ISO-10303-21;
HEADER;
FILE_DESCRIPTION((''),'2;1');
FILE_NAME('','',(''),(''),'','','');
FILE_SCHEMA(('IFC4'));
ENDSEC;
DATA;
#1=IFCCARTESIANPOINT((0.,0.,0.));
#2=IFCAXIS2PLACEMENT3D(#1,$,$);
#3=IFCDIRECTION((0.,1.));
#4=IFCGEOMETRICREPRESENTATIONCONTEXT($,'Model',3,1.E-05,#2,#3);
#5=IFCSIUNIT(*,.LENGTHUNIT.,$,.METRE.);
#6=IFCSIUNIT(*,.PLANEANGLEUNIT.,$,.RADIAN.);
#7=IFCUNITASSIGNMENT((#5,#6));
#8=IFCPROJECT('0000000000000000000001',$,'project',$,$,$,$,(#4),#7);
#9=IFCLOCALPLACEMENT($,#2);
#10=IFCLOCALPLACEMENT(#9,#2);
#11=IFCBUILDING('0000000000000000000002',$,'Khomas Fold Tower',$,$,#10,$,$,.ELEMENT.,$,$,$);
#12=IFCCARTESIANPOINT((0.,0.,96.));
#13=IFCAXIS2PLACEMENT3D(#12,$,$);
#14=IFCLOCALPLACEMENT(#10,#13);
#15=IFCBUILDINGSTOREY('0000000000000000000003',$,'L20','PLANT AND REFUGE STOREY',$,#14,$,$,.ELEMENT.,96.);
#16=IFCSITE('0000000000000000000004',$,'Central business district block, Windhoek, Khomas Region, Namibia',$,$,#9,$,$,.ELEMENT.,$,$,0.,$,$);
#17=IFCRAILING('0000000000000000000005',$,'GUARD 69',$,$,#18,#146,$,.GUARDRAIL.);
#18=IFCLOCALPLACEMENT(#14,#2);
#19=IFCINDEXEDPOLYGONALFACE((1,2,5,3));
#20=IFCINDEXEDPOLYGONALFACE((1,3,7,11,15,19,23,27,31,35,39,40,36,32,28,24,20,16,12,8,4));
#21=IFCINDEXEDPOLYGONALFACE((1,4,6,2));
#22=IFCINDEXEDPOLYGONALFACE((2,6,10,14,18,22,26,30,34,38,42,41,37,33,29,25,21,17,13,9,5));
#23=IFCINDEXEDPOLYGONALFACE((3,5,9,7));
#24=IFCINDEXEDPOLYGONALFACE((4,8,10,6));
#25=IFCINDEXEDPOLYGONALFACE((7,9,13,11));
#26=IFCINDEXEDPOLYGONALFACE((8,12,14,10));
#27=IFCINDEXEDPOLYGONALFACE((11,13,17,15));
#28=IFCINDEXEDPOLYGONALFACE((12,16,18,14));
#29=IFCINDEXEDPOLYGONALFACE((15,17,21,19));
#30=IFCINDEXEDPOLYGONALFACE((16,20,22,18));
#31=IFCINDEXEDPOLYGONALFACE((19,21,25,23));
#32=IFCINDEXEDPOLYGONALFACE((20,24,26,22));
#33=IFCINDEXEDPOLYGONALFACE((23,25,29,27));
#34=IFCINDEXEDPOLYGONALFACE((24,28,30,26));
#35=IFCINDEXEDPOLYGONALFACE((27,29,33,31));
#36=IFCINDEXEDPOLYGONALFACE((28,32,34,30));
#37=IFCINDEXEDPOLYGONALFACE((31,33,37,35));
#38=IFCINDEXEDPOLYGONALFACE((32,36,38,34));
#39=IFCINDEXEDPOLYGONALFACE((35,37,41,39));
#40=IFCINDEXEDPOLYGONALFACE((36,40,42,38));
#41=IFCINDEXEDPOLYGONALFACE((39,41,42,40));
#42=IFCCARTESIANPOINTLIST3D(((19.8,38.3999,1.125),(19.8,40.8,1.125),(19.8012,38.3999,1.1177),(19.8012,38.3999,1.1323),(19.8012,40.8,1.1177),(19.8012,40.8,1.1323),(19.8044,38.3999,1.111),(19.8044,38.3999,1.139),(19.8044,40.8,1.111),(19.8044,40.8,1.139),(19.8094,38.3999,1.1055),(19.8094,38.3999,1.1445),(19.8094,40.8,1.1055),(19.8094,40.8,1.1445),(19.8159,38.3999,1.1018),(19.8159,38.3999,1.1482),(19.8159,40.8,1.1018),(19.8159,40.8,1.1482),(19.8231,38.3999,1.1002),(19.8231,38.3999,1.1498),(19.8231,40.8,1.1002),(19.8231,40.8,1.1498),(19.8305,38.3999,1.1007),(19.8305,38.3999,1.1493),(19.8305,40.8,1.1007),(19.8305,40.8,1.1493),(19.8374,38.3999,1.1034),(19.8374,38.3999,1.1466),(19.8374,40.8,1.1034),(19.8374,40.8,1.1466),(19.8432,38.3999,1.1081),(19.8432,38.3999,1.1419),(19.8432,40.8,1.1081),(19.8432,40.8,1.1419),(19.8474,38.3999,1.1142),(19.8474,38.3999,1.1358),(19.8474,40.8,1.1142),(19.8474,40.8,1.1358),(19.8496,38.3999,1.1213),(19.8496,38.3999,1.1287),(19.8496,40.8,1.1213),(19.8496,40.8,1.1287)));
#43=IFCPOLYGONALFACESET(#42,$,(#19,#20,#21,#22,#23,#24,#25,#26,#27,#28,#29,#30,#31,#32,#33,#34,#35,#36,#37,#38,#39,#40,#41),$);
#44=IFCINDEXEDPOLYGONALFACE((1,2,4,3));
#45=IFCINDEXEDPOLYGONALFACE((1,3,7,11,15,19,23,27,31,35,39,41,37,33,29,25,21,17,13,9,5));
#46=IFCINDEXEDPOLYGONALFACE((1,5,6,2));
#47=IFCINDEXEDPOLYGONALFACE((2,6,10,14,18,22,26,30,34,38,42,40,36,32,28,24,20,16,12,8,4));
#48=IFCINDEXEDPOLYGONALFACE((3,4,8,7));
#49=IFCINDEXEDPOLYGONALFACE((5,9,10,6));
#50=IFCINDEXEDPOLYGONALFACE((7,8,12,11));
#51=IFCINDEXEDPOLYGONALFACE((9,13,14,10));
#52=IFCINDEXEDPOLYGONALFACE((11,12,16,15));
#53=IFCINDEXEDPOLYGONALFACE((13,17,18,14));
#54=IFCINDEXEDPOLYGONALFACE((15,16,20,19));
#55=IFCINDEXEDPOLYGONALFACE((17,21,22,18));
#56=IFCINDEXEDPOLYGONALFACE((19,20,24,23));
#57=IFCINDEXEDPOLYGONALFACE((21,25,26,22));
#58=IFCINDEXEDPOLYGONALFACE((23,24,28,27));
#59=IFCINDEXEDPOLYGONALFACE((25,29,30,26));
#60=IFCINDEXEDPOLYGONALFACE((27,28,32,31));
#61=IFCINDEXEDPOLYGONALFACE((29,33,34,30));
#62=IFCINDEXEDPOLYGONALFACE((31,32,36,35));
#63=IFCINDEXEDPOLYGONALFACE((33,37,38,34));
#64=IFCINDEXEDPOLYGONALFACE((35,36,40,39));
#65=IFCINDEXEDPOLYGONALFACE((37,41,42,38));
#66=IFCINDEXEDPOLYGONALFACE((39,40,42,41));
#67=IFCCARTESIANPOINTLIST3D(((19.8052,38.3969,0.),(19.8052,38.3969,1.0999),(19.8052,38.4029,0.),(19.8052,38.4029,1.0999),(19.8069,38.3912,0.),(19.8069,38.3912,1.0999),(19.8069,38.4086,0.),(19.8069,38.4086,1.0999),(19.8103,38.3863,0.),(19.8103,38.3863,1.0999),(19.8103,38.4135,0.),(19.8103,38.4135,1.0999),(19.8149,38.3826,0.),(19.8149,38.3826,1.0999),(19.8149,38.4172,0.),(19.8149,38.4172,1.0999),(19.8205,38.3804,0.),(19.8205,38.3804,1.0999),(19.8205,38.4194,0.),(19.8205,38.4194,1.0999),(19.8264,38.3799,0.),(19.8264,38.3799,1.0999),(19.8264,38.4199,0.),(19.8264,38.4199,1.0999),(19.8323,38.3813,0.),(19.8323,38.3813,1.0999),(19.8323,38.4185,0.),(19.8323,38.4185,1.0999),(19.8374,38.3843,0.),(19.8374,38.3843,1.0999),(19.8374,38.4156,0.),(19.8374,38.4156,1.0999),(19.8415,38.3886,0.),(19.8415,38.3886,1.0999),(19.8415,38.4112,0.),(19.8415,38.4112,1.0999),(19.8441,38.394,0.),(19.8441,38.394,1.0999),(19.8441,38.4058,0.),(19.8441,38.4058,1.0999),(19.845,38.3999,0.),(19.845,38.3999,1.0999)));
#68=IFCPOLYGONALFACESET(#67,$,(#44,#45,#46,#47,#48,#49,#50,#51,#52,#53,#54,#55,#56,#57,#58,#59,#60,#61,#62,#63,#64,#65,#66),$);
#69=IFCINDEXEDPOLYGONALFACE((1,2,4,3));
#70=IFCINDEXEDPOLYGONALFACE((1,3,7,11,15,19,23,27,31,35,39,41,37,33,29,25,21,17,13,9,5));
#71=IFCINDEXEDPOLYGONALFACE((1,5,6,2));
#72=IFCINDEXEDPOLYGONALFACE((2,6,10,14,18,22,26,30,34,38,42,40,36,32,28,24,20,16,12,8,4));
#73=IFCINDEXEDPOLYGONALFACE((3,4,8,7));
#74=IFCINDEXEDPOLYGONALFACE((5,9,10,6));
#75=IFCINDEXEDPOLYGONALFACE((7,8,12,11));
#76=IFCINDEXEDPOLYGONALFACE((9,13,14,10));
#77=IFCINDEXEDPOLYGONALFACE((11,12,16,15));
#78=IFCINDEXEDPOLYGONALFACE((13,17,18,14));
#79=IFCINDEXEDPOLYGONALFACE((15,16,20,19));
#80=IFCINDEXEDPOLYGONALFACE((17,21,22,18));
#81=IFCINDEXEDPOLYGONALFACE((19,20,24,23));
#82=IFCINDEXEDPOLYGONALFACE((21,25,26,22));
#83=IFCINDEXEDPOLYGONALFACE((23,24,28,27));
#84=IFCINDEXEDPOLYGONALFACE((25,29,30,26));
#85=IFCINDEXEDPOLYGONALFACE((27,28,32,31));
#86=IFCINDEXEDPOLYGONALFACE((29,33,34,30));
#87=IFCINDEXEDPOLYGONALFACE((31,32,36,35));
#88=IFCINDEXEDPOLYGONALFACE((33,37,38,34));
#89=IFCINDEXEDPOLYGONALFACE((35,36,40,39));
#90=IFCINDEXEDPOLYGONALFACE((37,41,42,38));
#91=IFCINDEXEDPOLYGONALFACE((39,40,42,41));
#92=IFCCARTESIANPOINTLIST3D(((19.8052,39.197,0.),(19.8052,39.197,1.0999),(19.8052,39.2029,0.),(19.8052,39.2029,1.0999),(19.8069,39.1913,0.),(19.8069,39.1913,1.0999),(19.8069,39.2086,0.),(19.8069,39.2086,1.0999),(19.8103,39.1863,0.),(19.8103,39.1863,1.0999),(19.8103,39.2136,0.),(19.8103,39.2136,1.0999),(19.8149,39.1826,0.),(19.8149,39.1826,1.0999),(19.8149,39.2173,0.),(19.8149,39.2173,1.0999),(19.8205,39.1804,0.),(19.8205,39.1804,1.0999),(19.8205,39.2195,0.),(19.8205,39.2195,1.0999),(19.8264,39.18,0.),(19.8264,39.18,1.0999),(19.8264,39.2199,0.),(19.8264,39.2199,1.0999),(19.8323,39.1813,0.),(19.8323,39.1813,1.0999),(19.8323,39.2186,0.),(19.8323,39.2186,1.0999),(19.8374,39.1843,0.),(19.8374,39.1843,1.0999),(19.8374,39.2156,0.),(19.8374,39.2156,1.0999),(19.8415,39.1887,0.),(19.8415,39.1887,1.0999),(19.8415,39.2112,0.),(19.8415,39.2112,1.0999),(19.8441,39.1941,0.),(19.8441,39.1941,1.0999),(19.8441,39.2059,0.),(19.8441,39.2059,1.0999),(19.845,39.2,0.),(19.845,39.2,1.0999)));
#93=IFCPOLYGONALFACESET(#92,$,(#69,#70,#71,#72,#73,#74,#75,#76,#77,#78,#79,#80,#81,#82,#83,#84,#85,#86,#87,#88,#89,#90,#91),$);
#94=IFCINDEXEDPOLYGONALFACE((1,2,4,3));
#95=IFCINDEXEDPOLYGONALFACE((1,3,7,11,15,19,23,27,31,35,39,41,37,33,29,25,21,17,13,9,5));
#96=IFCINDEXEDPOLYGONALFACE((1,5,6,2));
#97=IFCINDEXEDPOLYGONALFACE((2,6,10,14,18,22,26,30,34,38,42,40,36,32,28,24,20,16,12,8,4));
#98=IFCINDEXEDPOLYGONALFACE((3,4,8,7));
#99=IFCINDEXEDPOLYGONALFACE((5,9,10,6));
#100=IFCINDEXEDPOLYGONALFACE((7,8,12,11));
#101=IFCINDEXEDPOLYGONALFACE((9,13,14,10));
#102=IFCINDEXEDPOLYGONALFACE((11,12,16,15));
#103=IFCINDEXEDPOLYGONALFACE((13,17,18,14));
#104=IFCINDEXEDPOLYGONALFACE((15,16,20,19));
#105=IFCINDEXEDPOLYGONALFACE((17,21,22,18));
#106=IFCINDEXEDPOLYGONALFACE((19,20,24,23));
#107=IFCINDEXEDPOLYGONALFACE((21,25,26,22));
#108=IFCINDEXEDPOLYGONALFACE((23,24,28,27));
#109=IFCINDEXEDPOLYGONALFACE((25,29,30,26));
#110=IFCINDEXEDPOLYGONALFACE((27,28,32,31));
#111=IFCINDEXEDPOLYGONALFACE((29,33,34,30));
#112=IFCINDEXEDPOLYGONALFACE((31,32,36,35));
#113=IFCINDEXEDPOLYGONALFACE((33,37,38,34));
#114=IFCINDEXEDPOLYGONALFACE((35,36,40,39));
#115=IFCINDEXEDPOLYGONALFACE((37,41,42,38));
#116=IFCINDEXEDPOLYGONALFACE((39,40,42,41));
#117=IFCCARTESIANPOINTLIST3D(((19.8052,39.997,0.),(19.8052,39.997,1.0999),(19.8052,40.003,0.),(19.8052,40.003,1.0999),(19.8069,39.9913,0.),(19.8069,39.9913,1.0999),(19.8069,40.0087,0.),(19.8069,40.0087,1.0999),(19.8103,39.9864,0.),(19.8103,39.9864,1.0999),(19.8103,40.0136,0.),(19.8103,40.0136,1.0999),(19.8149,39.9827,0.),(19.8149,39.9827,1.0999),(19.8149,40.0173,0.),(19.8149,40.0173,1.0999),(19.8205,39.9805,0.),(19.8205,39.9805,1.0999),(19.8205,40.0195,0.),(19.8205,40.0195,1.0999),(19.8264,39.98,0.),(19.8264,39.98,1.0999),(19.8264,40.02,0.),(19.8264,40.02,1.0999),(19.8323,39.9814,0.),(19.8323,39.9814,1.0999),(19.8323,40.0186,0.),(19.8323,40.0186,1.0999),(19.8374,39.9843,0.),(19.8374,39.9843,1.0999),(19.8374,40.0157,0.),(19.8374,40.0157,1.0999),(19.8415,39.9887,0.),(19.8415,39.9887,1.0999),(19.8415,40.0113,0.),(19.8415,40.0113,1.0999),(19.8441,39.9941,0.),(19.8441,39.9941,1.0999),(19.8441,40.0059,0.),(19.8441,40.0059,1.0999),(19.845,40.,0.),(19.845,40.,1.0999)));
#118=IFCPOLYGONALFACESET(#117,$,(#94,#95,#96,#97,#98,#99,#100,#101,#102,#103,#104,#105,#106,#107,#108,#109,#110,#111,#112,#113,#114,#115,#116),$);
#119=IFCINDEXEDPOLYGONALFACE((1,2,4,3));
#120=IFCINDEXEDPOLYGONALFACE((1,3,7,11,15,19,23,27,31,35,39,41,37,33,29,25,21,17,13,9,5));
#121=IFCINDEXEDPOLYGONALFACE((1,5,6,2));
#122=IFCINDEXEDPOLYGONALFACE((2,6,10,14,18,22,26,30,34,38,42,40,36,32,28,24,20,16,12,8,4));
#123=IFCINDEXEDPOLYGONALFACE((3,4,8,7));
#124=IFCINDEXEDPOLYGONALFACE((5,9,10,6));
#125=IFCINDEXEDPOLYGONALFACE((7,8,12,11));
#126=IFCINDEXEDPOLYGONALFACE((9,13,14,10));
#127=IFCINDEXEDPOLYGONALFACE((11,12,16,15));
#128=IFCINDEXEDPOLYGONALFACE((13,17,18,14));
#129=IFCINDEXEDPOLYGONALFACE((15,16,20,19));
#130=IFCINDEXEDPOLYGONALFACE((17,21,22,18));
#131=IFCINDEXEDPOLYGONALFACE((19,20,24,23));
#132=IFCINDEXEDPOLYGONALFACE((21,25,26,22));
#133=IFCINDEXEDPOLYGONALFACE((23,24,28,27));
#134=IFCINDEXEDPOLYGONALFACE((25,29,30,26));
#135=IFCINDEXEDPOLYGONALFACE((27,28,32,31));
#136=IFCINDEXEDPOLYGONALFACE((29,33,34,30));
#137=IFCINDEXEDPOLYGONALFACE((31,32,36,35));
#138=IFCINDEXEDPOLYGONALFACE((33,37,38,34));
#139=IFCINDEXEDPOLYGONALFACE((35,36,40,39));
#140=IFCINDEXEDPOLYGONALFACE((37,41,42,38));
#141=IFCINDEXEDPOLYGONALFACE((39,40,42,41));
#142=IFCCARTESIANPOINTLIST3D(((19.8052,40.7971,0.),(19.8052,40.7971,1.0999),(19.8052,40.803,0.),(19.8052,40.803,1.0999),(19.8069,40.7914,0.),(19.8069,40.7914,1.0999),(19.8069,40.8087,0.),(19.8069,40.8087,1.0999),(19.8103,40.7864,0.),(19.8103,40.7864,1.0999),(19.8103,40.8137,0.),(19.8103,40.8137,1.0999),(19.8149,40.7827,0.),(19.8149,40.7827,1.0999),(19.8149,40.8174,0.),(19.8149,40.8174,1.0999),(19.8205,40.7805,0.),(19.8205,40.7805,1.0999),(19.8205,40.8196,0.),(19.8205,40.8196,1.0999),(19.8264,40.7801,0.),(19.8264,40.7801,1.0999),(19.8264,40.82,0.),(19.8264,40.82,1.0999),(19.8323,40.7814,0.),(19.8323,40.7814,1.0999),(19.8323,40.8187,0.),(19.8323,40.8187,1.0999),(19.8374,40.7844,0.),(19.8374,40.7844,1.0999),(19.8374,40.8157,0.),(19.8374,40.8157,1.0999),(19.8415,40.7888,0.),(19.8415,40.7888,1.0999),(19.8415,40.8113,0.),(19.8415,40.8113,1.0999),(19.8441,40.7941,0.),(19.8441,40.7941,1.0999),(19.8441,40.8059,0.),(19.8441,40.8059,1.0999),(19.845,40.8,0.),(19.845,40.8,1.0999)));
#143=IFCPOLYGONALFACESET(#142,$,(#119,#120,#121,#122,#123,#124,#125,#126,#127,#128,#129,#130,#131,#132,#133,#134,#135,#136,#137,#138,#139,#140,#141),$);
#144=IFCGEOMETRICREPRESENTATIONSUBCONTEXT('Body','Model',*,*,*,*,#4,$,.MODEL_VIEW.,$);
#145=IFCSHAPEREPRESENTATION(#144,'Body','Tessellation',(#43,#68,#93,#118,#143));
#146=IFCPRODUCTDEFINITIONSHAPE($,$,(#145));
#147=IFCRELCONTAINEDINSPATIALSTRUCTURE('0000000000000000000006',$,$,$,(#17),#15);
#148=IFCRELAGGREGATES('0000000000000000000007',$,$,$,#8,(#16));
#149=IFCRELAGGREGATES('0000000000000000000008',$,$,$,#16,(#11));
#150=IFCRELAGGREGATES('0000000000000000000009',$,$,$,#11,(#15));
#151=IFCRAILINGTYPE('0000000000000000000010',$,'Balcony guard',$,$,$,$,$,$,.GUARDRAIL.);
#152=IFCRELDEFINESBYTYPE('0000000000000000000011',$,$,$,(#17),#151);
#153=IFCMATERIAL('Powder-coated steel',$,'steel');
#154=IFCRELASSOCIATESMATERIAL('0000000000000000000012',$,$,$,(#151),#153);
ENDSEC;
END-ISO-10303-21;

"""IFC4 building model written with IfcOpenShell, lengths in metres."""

from ifc_helpers import new_model, si_unit, direction, frame, origin, origin_2d, place, context, subcontext, project, spatial, circle, extrude, source, transform, mapped, material, type_object, element, save


model = new_model("IFC4")

# Units and contexts
model_context = context("Model", 3, precision=1e-05, world=origin(), true_north=direction((0.0, 1.0)))
body_context = subcontext(model_context, "Body", "Model", "MODEL_VIEW")
ifc_project = project(units=[si_unit("LENGTHUNIT", "METRE"), si_unit("PLANEANGLEUNIT", "RADIAN")], contexts=[model_context])

# Site, building, storey
site_placement = place(None, origin())
site = spatial("IfcSite", under=ifc_project, at=site_placement, Name="Central business district block, Windhoek, Khomas Region, Namibia", CompositionType="ELEMENT", RefElevation=0.0)
building_placement = place(site_placement, origin())
building = spatial("IfcBuilding", under=site, at=building_placement, Name="Khomas Fold Tower", CompositionType="ELEMENT")
storey_placement = place(building_placement, frame((0.0, 0.0, 96.0)))
storey = spatial("IfcBuildingStorey", under=building, at=storey_placement, Name="L20", Description="PLANT AND REFUGE STOREY", CompositionType="ELEMENT", Elevation=96.0)

# Railing
ifc_material_1 = material(Name="Powder-coated steel", Category="steel")
railing_type_1 = type_object("IfcRailingType", Name="Balcony guard", PredefinedType="GUARDRAIL", material=ifc_material_1)
shared_shape_1 = source(origin(), body_context, "Body", "SweptSolid", [
    extrude(circle(Radius=0.0249, at=origin_2d()), frame((0.0, 0.0, 1.125), z_axis=(0.0, 1.0, 0.0), x_axis=(-1.0, 0.0, 0.0)), (0.0, 0.0, 1.0), 2.4001),
    extrude(circle(Radius=0.02, at=origin_2d()), origin(), (0.0, 0.0, 1.0), 1.0999),
    extrude(circle(Radius=0.02, at=origin_2d()), frame((0.0, 0.8, 0.0)), (0.0, 0.0, 1.0), 1.0999),
    extrude(circle(Radius=0.02, at=origin_2d()), frame((0.0, 1.6001, 0.0)), (0.0, 0.0, 1.0), 1.0999),
    extrude(circle(Radius=0.02, at=origin_2d()), frame((0.0, 2.4001, 0.0)), (0.0, 0.0, 1.0), 1.0999),
])
for number, where, name in (
    (1, (19.825, 38.3999, 0.0), "GUARD 69"),
):
    element("IfcRailing", number, at=place(storey_placement, frame(where)), inside=storey, type_object=railing_type_1, Name=name, PredefinedType="GUARDRAIL", context=body_context, shape_type="MappedRepresentation", body=[
        mapped(shared_shape_1, transform((0.0, 0.0, 0.0))),
    ])

save(model, "model.ifc")
